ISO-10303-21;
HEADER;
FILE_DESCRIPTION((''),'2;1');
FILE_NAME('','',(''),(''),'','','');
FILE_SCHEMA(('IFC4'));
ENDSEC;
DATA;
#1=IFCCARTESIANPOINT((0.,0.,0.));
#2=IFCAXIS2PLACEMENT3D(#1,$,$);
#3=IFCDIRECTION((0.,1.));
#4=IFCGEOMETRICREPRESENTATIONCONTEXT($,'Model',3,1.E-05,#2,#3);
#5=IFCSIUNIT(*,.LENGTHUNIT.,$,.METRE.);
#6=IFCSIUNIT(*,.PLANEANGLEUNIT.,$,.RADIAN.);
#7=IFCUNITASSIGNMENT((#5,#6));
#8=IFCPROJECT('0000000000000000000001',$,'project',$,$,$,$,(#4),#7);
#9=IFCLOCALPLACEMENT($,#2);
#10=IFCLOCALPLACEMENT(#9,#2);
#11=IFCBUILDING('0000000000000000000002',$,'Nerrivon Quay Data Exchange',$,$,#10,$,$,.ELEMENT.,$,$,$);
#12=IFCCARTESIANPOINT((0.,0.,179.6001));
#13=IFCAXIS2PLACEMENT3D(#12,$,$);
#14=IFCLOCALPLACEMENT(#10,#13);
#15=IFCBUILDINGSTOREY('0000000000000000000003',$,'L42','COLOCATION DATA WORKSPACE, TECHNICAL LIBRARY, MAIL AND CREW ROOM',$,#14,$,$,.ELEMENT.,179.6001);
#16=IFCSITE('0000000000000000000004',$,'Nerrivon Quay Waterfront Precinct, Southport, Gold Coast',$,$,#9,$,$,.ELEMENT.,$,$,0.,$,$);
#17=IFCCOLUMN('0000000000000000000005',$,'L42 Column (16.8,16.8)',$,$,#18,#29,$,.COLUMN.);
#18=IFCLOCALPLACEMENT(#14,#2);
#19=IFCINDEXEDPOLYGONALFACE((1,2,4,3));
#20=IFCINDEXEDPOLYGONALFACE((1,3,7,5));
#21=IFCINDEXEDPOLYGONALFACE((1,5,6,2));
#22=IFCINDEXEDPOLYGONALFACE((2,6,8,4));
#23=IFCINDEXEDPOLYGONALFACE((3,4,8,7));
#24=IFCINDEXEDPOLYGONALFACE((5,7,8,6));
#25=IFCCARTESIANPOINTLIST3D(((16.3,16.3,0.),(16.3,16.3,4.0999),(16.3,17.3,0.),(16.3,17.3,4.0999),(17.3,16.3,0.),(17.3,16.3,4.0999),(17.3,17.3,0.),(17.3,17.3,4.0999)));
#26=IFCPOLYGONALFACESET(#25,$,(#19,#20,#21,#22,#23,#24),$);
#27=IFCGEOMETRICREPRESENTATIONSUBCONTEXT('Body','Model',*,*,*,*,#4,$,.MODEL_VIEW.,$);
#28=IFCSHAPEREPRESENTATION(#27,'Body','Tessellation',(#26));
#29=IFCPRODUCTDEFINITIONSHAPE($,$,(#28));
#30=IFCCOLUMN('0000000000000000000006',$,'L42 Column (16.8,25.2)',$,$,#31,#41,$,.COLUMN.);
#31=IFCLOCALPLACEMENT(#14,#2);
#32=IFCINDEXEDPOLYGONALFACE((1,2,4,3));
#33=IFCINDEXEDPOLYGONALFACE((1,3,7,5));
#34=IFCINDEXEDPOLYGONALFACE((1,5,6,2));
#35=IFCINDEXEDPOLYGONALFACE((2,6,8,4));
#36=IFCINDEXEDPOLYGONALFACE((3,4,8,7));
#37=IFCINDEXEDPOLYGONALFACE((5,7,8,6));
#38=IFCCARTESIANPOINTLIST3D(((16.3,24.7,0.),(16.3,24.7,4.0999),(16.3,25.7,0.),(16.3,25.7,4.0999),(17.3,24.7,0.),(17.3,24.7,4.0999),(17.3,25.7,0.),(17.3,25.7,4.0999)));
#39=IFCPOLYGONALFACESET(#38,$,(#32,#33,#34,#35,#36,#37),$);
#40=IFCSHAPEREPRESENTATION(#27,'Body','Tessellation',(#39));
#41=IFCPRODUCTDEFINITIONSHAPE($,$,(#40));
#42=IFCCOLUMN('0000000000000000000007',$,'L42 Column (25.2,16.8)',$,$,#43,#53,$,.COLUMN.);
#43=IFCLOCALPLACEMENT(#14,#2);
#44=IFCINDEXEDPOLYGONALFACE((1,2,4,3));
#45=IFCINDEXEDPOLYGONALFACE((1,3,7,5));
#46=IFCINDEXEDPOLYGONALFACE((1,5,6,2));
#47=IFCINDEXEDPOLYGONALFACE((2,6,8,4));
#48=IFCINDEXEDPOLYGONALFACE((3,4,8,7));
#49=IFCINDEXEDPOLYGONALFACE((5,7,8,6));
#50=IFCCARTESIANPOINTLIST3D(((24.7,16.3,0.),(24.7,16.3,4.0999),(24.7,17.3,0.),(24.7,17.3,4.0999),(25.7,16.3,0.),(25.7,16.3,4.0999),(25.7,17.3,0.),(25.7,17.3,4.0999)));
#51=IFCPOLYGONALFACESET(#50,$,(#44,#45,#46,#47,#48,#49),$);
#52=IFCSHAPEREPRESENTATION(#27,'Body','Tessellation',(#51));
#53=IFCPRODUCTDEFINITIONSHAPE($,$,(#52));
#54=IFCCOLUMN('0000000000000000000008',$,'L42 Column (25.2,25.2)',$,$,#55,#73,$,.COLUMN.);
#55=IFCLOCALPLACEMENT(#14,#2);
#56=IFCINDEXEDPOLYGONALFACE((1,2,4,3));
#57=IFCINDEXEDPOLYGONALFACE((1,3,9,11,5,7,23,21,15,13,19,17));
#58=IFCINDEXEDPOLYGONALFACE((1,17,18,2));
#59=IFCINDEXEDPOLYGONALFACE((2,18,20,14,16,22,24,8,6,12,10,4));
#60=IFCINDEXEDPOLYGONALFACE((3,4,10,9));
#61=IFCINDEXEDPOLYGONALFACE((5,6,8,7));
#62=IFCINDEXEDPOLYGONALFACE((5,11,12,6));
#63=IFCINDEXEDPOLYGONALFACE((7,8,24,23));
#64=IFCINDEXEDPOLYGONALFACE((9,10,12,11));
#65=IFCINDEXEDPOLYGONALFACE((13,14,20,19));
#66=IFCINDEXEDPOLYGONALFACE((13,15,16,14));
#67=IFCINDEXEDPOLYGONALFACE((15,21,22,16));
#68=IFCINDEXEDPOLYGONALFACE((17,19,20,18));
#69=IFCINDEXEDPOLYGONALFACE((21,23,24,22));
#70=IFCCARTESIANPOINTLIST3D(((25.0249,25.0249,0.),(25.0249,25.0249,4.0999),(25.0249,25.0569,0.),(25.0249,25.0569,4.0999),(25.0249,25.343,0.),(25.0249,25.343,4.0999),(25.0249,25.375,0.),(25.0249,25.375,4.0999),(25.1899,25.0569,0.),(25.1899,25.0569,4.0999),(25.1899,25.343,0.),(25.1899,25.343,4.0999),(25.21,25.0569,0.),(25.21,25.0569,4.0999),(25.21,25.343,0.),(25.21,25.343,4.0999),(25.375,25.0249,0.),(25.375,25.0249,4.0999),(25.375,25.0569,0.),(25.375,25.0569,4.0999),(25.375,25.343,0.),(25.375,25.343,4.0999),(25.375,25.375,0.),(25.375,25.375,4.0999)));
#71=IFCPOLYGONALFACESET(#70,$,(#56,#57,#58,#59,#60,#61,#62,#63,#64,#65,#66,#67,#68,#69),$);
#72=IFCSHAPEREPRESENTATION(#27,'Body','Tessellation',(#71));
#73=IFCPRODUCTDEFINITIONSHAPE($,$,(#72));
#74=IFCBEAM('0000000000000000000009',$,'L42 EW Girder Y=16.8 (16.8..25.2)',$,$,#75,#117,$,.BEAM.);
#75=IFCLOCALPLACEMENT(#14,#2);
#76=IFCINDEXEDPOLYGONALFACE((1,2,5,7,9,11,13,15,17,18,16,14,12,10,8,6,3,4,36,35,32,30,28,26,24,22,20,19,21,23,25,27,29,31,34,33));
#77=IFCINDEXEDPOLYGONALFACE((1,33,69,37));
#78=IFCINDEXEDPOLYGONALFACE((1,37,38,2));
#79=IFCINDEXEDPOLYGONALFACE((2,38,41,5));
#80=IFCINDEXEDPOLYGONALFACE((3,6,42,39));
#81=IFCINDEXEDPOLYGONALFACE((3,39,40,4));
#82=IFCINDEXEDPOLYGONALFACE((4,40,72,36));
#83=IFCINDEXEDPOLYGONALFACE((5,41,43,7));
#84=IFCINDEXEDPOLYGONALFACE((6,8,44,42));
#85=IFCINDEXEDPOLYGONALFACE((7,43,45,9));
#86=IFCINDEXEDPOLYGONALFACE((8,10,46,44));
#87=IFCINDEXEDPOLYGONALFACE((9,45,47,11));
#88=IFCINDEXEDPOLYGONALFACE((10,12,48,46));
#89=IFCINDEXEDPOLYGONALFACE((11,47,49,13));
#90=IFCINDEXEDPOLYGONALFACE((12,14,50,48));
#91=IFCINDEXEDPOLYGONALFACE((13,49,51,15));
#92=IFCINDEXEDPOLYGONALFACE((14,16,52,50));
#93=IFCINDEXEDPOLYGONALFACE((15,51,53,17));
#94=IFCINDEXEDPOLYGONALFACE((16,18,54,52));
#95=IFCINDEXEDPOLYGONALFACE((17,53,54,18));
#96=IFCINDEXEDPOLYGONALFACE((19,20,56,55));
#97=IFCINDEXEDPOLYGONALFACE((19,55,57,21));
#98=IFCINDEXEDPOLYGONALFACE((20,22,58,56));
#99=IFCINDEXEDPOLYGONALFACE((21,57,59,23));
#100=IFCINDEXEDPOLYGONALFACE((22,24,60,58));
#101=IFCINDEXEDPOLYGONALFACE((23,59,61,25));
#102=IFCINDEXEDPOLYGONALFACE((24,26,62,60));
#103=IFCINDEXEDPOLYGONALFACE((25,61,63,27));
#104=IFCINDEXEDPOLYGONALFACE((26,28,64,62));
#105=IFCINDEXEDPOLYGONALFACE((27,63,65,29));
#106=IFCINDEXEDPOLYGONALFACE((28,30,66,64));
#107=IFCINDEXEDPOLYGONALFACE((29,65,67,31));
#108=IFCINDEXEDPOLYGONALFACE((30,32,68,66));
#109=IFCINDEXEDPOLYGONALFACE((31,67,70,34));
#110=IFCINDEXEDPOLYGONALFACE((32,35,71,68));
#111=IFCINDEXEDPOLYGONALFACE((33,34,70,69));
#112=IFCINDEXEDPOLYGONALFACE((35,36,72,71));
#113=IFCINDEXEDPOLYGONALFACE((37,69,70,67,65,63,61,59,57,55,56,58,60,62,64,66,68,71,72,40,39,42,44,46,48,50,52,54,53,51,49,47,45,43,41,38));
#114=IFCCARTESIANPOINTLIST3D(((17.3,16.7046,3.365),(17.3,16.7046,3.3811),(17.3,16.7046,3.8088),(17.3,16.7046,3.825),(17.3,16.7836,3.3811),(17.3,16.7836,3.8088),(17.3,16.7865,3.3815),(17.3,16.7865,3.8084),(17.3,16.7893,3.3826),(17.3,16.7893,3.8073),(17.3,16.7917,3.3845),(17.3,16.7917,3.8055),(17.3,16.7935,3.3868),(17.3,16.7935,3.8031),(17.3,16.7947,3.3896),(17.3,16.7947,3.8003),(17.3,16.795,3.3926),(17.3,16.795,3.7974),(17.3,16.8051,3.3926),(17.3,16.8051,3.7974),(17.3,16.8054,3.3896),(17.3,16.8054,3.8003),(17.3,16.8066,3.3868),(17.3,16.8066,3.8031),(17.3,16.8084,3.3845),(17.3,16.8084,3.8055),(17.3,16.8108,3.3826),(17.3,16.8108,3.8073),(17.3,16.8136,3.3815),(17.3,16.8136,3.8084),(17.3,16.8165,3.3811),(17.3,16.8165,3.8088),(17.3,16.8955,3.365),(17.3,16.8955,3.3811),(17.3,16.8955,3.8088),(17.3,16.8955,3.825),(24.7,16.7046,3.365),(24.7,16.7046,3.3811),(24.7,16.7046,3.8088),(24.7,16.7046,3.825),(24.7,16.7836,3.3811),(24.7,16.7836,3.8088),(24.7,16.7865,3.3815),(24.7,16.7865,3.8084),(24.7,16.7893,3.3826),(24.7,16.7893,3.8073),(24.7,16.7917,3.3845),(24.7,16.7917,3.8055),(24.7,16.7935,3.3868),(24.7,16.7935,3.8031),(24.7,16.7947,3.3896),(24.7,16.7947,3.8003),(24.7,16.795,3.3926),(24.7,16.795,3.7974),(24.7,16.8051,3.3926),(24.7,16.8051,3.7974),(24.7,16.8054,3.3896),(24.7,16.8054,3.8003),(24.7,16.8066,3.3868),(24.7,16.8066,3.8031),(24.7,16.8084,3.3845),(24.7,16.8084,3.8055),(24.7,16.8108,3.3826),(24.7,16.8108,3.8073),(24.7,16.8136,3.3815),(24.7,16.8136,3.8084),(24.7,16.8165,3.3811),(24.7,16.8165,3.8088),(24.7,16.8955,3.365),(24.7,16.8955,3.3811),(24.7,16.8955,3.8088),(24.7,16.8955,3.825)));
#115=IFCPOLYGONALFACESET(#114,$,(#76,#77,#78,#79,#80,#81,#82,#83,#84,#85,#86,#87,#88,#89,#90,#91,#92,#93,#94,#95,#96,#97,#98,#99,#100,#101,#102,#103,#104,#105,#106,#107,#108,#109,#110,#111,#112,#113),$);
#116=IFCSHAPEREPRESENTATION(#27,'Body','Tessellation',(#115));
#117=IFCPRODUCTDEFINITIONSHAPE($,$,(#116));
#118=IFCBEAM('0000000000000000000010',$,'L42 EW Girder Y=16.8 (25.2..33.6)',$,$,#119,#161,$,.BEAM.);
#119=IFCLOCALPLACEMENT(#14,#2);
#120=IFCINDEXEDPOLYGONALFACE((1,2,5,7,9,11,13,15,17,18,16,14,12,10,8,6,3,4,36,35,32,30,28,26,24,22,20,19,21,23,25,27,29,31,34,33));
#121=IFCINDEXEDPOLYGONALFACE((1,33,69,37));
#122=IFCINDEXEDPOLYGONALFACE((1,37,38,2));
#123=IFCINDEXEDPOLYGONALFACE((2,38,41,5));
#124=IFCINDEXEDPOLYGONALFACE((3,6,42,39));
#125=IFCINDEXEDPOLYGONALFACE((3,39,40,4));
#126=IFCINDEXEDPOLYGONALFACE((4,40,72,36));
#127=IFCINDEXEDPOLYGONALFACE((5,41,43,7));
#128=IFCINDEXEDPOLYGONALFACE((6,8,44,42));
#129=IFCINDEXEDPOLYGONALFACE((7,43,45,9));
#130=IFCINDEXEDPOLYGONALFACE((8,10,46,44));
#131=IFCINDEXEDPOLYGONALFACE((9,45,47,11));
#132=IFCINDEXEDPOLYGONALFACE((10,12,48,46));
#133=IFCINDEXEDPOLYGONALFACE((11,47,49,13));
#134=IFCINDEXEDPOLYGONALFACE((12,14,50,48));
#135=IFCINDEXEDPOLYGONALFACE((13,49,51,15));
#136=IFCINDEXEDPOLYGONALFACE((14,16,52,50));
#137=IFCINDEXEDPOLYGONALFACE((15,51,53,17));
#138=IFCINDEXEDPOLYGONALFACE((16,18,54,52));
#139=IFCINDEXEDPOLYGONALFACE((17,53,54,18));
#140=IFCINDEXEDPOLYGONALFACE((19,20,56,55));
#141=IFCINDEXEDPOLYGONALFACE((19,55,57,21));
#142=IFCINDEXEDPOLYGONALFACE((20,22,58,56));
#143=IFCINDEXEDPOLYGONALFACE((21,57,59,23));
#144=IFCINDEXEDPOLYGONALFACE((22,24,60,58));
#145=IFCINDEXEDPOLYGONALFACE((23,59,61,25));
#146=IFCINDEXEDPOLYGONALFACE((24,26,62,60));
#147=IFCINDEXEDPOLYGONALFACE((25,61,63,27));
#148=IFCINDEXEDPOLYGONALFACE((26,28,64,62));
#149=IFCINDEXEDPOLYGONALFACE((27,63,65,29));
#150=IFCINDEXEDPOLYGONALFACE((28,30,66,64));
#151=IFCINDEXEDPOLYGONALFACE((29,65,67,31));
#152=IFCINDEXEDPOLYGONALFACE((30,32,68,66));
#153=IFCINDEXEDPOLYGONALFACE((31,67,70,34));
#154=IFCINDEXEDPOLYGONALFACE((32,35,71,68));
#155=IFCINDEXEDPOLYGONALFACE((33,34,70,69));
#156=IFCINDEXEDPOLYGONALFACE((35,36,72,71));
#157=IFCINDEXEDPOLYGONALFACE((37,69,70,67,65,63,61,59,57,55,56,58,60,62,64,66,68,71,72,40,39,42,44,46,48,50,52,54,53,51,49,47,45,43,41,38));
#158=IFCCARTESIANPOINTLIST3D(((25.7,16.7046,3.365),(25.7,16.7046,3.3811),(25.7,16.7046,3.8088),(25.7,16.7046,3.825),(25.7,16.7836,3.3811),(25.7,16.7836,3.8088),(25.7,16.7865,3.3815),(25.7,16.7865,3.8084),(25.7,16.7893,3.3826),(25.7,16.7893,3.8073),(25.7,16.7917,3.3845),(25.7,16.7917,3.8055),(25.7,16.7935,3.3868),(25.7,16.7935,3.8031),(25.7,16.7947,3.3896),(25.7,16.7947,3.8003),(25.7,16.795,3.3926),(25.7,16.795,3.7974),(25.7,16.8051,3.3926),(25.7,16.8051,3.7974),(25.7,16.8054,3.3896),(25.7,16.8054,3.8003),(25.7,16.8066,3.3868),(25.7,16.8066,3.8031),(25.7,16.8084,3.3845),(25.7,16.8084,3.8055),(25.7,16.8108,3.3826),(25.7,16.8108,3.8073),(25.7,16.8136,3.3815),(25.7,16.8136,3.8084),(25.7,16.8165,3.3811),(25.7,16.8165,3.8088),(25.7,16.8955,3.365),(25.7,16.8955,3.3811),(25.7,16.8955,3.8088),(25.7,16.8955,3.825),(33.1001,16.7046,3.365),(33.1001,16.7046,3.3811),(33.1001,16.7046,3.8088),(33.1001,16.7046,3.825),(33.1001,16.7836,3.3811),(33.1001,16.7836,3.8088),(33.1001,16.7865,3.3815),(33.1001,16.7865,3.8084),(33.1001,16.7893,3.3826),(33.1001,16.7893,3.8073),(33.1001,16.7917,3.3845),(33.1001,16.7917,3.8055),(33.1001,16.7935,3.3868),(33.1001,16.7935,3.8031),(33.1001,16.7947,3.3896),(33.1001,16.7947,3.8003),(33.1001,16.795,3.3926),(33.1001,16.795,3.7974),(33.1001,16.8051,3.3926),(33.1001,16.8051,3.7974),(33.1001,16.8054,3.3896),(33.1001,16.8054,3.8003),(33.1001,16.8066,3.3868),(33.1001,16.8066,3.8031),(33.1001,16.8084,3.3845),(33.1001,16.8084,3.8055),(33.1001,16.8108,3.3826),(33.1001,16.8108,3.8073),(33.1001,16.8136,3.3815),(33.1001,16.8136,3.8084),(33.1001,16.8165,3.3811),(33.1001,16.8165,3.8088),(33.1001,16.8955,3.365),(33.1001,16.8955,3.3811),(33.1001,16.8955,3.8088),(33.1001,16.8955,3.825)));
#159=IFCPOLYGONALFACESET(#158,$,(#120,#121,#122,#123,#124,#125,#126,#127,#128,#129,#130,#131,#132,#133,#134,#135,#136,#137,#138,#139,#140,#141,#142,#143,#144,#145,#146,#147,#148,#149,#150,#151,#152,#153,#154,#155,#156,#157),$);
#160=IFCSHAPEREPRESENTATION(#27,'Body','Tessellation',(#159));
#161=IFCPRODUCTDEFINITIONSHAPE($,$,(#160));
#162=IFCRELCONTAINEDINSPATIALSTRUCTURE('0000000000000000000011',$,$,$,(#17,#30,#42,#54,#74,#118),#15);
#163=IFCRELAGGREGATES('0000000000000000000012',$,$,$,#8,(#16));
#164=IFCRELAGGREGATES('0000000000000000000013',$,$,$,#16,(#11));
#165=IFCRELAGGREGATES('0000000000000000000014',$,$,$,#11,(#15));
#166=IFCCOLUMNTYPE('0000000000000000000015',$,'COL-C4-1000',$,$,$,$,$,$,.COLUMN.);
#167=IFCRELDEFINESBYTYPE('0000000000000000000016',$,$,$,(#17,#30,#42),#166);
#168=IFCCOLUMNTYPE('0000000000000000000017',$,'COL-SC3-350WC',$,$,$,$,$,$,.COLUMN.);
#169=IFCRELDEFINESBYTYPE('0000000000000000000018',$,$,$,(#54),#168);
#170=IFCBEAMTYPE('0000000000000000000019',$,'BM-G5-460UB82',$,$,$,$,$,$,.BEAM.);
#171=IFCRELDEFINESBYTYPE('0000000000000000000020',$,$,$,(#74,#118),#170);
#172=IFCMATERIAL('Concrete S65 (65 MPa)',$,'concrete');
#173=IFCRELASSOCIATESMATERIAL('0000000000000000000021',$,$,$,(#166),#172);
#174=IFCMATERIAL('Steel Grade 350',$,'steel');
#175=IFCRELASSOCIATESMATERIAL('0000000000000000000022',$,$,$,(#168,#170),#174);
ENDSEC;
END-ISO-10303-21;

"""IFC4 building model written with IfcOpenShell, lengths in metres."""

from ifc_helpers import new_model, si_unit, direction, frame, origin, origin_2d, place, context, subcontext, project, spatial, rectangle, i_section, extrude, material, material_profile, profile_set, type_object, element, save


model = new_model("IFC4")

# Units and contexts
model_context = context("Model", 3, precision=1e-05, world=origin(), true_north=direction((0.0, 1.0)))
body_context = subcontext(model_context, "Body", "Model", "MODEL_VIEW")
ifc_project = project(units=[si_unit("LENGTHUNIT", "METRE"), si_unit("PLANEANGLEUNIT", "RADIAN")], contexts=[model_context])

# Site, building, storey
site_placement = place(None, origin())
site = spatial("IfcSite", under=ifc_project, at=site_placement, Name="Nerrivon Quay Waterfront Precinct, Southport, Gold Coast", CompositionType="ELEMENT", RefElevation=0.0)
building_placement = place(site_placement, origin())
building = spatial("IfcBuilding", under=site, at=building_placement, Name="Nerrivon Quay Data Exchange", CompositionType="ELEMENT")
storey_placement = place(building_placement, frame((0.0, 0.0, 179.6001)))
storey = spatial("IfcBuildingStorey", under=building, at=storey_placement, Name="L42", Description="COLOCATION DATA WORKSPACE, TECHNICAL LIBRARY, MAIL AND CREW ROOM", CompositionType="ELEMENT", Elevation=179.6001)

# Columns
ifc_material_1 = material(Name="Concrete S65 (65 MPa)", Category="concrete")
ifc_material_profile_1 = material_profile(ifc_material_1, rectangle(XDim=1.0, YDim=1.0, at=origin_2d()), Name="RC-COL-1000x1000")
ifc_profile_set_1 = profile_set([ifc_material_profile_1], Name="Concrete S65 (65 MPa)")
column_type_1 = type_object("IfcColumnType", Name="COL-C4-1000", PredefinedType="COLUMN", material=ifc_profile_set_1)
for number, where, z_axis, x_axis, name in (
    (1, (16.8, 16.8, 0.0), (0.0, 0.0, 1.0), (1.0, 0.0, 0.0), "L42 Column (16.8,16.8)"),
    (2, (16.8, 25.2, 0.0), (0.0, 0.0, 1.0), (1.0, 0.0, 0.0), "L42 Column (16.8,25.2)"),
    (3, (25.2, 16.8, 0.0), (0.0, 0.0, 1.0), (1.0, 0.0, 0.0), "L42 Column (25.2,16.8)"),
):
    element("IfcColumn", number, at=place(storey_placement, frame(where, z_axis=z_axis, x_axis=x_axis)), inside=storey, type_object=column_type_1, Name=name, PredefinedType="COLUMN", context=body_context, shape_type="SweptSolid", body=[
        extrude(rectangle(XDim=1.0, YDim=1.0, at=origin_2d()), origin(), (0.0, 0.0, 1.0), 4.0999),
    ])
ifc_material_2 = material(Name="Steel Grade 350", Category="steel")
ifc_material_profile_2 = material_profile(ifc_material_2, i_section(OverallWidth=0.3501, OverallDepth=0.3501, WebThickness=0.02, FlangeThickness=0.032, at=origin_2d()), Name="350WC230")
ifc_profile_set_2 = profile_set([ifc_material_profile_2], Name="Steel Grade 350")
column_type_2 = type_object("IfcColumnType", Name="COL-SC3-350WC", PredefinedType="COLUMN", material=ifc_profile_set_2)
column_placement = place(storey_placement, frame((25.2, 25.2, 0.0), z_axis=(0.0, 0.0, 1.0), x_axis=(1.0, 0.0, 0.0)))
element("IfcColumn", 4, at=column_placement, inside=storey, type_object=column_type_2, Name="L42 Column (25.2,25.2)", PredefinedType="COLUMN", context=body_context, shape_type="SweptSolid", body=[
    extrude(i_section(OverallWidth=0.3501, OverallDepth=0.3501, WebThickness=0.02, FlangeThickness=0.032, at=origin_2d()), origin(), (0.0, 0.0, 1.0), 4.0999),
])

# Beams
ifc_material_profile_3 = material_profile(ifc_material_2, i_section(OverallWidth=0.1909, OverallDepth=0.46, WebThickness=0.01, FlangeThickness=0.0161, FilletRadius=0.0115, at=origin_2d()), Name="460UB82.1")
ifc_profile_set_3 = profile_set([ifc_material_profile_3], Name="Steel Grade 350")
beam_type_1 = type_object("IfcBeamType", Name="BM-G5-460UB82", PredefinedType="BEAM", material=ifc_profile_set_3)
beam_1_placement = place(storey_placement, frame((17.3, 16.8, 3.595), z_axis=(1.0, 0.0, 0.0), x_axis=(0.0, 1.0, 0.0)))
element("IfcBeam", 5, at=beam_1_placement, inside=storey, type_object=beam_type_1, Name="L42 EW Girder Y=16.8 (16.8..25.2)", PredefinedType="BEAM", context=body_context, shape_type="SweptSolid", body=[
    extrude(i_section(OverallWidth=0.1909, OverallDepth=0.46, WebThickness=0.01, FlangeThickness=0.0161, FilletRadius=0.0115, at=origin_2d()), origin(), (0.0, 0.0, 1.0), 7.3999),
])
beam_2_placement = place(storey_placement, frame((25.7, 16.8, 3.595), z_axis=(1.0, 0.0, 0.0), x_axis=(0.0, 1.0, 0.0)))
element("IfcBeam", 6, at=beam_2_placement, inside=storey, type_object=beam_type_1, Name="L42 EW Girder Y=16.8 (25.2..33.6)", PredefinedType="BEAM", context=body_context, shape_type="SweptSolid", body=[
    extrude(i_section(OverallWidth=0.1909, OverallDepth=0.46, WebThickness=0.01, FlangeThickness=0.0161, FilletRadius=0.0115, at=origin_2d()), origin(), (0.0, 0.0, 1.0), 7.4001),
])

save(model, "model.ifc")
